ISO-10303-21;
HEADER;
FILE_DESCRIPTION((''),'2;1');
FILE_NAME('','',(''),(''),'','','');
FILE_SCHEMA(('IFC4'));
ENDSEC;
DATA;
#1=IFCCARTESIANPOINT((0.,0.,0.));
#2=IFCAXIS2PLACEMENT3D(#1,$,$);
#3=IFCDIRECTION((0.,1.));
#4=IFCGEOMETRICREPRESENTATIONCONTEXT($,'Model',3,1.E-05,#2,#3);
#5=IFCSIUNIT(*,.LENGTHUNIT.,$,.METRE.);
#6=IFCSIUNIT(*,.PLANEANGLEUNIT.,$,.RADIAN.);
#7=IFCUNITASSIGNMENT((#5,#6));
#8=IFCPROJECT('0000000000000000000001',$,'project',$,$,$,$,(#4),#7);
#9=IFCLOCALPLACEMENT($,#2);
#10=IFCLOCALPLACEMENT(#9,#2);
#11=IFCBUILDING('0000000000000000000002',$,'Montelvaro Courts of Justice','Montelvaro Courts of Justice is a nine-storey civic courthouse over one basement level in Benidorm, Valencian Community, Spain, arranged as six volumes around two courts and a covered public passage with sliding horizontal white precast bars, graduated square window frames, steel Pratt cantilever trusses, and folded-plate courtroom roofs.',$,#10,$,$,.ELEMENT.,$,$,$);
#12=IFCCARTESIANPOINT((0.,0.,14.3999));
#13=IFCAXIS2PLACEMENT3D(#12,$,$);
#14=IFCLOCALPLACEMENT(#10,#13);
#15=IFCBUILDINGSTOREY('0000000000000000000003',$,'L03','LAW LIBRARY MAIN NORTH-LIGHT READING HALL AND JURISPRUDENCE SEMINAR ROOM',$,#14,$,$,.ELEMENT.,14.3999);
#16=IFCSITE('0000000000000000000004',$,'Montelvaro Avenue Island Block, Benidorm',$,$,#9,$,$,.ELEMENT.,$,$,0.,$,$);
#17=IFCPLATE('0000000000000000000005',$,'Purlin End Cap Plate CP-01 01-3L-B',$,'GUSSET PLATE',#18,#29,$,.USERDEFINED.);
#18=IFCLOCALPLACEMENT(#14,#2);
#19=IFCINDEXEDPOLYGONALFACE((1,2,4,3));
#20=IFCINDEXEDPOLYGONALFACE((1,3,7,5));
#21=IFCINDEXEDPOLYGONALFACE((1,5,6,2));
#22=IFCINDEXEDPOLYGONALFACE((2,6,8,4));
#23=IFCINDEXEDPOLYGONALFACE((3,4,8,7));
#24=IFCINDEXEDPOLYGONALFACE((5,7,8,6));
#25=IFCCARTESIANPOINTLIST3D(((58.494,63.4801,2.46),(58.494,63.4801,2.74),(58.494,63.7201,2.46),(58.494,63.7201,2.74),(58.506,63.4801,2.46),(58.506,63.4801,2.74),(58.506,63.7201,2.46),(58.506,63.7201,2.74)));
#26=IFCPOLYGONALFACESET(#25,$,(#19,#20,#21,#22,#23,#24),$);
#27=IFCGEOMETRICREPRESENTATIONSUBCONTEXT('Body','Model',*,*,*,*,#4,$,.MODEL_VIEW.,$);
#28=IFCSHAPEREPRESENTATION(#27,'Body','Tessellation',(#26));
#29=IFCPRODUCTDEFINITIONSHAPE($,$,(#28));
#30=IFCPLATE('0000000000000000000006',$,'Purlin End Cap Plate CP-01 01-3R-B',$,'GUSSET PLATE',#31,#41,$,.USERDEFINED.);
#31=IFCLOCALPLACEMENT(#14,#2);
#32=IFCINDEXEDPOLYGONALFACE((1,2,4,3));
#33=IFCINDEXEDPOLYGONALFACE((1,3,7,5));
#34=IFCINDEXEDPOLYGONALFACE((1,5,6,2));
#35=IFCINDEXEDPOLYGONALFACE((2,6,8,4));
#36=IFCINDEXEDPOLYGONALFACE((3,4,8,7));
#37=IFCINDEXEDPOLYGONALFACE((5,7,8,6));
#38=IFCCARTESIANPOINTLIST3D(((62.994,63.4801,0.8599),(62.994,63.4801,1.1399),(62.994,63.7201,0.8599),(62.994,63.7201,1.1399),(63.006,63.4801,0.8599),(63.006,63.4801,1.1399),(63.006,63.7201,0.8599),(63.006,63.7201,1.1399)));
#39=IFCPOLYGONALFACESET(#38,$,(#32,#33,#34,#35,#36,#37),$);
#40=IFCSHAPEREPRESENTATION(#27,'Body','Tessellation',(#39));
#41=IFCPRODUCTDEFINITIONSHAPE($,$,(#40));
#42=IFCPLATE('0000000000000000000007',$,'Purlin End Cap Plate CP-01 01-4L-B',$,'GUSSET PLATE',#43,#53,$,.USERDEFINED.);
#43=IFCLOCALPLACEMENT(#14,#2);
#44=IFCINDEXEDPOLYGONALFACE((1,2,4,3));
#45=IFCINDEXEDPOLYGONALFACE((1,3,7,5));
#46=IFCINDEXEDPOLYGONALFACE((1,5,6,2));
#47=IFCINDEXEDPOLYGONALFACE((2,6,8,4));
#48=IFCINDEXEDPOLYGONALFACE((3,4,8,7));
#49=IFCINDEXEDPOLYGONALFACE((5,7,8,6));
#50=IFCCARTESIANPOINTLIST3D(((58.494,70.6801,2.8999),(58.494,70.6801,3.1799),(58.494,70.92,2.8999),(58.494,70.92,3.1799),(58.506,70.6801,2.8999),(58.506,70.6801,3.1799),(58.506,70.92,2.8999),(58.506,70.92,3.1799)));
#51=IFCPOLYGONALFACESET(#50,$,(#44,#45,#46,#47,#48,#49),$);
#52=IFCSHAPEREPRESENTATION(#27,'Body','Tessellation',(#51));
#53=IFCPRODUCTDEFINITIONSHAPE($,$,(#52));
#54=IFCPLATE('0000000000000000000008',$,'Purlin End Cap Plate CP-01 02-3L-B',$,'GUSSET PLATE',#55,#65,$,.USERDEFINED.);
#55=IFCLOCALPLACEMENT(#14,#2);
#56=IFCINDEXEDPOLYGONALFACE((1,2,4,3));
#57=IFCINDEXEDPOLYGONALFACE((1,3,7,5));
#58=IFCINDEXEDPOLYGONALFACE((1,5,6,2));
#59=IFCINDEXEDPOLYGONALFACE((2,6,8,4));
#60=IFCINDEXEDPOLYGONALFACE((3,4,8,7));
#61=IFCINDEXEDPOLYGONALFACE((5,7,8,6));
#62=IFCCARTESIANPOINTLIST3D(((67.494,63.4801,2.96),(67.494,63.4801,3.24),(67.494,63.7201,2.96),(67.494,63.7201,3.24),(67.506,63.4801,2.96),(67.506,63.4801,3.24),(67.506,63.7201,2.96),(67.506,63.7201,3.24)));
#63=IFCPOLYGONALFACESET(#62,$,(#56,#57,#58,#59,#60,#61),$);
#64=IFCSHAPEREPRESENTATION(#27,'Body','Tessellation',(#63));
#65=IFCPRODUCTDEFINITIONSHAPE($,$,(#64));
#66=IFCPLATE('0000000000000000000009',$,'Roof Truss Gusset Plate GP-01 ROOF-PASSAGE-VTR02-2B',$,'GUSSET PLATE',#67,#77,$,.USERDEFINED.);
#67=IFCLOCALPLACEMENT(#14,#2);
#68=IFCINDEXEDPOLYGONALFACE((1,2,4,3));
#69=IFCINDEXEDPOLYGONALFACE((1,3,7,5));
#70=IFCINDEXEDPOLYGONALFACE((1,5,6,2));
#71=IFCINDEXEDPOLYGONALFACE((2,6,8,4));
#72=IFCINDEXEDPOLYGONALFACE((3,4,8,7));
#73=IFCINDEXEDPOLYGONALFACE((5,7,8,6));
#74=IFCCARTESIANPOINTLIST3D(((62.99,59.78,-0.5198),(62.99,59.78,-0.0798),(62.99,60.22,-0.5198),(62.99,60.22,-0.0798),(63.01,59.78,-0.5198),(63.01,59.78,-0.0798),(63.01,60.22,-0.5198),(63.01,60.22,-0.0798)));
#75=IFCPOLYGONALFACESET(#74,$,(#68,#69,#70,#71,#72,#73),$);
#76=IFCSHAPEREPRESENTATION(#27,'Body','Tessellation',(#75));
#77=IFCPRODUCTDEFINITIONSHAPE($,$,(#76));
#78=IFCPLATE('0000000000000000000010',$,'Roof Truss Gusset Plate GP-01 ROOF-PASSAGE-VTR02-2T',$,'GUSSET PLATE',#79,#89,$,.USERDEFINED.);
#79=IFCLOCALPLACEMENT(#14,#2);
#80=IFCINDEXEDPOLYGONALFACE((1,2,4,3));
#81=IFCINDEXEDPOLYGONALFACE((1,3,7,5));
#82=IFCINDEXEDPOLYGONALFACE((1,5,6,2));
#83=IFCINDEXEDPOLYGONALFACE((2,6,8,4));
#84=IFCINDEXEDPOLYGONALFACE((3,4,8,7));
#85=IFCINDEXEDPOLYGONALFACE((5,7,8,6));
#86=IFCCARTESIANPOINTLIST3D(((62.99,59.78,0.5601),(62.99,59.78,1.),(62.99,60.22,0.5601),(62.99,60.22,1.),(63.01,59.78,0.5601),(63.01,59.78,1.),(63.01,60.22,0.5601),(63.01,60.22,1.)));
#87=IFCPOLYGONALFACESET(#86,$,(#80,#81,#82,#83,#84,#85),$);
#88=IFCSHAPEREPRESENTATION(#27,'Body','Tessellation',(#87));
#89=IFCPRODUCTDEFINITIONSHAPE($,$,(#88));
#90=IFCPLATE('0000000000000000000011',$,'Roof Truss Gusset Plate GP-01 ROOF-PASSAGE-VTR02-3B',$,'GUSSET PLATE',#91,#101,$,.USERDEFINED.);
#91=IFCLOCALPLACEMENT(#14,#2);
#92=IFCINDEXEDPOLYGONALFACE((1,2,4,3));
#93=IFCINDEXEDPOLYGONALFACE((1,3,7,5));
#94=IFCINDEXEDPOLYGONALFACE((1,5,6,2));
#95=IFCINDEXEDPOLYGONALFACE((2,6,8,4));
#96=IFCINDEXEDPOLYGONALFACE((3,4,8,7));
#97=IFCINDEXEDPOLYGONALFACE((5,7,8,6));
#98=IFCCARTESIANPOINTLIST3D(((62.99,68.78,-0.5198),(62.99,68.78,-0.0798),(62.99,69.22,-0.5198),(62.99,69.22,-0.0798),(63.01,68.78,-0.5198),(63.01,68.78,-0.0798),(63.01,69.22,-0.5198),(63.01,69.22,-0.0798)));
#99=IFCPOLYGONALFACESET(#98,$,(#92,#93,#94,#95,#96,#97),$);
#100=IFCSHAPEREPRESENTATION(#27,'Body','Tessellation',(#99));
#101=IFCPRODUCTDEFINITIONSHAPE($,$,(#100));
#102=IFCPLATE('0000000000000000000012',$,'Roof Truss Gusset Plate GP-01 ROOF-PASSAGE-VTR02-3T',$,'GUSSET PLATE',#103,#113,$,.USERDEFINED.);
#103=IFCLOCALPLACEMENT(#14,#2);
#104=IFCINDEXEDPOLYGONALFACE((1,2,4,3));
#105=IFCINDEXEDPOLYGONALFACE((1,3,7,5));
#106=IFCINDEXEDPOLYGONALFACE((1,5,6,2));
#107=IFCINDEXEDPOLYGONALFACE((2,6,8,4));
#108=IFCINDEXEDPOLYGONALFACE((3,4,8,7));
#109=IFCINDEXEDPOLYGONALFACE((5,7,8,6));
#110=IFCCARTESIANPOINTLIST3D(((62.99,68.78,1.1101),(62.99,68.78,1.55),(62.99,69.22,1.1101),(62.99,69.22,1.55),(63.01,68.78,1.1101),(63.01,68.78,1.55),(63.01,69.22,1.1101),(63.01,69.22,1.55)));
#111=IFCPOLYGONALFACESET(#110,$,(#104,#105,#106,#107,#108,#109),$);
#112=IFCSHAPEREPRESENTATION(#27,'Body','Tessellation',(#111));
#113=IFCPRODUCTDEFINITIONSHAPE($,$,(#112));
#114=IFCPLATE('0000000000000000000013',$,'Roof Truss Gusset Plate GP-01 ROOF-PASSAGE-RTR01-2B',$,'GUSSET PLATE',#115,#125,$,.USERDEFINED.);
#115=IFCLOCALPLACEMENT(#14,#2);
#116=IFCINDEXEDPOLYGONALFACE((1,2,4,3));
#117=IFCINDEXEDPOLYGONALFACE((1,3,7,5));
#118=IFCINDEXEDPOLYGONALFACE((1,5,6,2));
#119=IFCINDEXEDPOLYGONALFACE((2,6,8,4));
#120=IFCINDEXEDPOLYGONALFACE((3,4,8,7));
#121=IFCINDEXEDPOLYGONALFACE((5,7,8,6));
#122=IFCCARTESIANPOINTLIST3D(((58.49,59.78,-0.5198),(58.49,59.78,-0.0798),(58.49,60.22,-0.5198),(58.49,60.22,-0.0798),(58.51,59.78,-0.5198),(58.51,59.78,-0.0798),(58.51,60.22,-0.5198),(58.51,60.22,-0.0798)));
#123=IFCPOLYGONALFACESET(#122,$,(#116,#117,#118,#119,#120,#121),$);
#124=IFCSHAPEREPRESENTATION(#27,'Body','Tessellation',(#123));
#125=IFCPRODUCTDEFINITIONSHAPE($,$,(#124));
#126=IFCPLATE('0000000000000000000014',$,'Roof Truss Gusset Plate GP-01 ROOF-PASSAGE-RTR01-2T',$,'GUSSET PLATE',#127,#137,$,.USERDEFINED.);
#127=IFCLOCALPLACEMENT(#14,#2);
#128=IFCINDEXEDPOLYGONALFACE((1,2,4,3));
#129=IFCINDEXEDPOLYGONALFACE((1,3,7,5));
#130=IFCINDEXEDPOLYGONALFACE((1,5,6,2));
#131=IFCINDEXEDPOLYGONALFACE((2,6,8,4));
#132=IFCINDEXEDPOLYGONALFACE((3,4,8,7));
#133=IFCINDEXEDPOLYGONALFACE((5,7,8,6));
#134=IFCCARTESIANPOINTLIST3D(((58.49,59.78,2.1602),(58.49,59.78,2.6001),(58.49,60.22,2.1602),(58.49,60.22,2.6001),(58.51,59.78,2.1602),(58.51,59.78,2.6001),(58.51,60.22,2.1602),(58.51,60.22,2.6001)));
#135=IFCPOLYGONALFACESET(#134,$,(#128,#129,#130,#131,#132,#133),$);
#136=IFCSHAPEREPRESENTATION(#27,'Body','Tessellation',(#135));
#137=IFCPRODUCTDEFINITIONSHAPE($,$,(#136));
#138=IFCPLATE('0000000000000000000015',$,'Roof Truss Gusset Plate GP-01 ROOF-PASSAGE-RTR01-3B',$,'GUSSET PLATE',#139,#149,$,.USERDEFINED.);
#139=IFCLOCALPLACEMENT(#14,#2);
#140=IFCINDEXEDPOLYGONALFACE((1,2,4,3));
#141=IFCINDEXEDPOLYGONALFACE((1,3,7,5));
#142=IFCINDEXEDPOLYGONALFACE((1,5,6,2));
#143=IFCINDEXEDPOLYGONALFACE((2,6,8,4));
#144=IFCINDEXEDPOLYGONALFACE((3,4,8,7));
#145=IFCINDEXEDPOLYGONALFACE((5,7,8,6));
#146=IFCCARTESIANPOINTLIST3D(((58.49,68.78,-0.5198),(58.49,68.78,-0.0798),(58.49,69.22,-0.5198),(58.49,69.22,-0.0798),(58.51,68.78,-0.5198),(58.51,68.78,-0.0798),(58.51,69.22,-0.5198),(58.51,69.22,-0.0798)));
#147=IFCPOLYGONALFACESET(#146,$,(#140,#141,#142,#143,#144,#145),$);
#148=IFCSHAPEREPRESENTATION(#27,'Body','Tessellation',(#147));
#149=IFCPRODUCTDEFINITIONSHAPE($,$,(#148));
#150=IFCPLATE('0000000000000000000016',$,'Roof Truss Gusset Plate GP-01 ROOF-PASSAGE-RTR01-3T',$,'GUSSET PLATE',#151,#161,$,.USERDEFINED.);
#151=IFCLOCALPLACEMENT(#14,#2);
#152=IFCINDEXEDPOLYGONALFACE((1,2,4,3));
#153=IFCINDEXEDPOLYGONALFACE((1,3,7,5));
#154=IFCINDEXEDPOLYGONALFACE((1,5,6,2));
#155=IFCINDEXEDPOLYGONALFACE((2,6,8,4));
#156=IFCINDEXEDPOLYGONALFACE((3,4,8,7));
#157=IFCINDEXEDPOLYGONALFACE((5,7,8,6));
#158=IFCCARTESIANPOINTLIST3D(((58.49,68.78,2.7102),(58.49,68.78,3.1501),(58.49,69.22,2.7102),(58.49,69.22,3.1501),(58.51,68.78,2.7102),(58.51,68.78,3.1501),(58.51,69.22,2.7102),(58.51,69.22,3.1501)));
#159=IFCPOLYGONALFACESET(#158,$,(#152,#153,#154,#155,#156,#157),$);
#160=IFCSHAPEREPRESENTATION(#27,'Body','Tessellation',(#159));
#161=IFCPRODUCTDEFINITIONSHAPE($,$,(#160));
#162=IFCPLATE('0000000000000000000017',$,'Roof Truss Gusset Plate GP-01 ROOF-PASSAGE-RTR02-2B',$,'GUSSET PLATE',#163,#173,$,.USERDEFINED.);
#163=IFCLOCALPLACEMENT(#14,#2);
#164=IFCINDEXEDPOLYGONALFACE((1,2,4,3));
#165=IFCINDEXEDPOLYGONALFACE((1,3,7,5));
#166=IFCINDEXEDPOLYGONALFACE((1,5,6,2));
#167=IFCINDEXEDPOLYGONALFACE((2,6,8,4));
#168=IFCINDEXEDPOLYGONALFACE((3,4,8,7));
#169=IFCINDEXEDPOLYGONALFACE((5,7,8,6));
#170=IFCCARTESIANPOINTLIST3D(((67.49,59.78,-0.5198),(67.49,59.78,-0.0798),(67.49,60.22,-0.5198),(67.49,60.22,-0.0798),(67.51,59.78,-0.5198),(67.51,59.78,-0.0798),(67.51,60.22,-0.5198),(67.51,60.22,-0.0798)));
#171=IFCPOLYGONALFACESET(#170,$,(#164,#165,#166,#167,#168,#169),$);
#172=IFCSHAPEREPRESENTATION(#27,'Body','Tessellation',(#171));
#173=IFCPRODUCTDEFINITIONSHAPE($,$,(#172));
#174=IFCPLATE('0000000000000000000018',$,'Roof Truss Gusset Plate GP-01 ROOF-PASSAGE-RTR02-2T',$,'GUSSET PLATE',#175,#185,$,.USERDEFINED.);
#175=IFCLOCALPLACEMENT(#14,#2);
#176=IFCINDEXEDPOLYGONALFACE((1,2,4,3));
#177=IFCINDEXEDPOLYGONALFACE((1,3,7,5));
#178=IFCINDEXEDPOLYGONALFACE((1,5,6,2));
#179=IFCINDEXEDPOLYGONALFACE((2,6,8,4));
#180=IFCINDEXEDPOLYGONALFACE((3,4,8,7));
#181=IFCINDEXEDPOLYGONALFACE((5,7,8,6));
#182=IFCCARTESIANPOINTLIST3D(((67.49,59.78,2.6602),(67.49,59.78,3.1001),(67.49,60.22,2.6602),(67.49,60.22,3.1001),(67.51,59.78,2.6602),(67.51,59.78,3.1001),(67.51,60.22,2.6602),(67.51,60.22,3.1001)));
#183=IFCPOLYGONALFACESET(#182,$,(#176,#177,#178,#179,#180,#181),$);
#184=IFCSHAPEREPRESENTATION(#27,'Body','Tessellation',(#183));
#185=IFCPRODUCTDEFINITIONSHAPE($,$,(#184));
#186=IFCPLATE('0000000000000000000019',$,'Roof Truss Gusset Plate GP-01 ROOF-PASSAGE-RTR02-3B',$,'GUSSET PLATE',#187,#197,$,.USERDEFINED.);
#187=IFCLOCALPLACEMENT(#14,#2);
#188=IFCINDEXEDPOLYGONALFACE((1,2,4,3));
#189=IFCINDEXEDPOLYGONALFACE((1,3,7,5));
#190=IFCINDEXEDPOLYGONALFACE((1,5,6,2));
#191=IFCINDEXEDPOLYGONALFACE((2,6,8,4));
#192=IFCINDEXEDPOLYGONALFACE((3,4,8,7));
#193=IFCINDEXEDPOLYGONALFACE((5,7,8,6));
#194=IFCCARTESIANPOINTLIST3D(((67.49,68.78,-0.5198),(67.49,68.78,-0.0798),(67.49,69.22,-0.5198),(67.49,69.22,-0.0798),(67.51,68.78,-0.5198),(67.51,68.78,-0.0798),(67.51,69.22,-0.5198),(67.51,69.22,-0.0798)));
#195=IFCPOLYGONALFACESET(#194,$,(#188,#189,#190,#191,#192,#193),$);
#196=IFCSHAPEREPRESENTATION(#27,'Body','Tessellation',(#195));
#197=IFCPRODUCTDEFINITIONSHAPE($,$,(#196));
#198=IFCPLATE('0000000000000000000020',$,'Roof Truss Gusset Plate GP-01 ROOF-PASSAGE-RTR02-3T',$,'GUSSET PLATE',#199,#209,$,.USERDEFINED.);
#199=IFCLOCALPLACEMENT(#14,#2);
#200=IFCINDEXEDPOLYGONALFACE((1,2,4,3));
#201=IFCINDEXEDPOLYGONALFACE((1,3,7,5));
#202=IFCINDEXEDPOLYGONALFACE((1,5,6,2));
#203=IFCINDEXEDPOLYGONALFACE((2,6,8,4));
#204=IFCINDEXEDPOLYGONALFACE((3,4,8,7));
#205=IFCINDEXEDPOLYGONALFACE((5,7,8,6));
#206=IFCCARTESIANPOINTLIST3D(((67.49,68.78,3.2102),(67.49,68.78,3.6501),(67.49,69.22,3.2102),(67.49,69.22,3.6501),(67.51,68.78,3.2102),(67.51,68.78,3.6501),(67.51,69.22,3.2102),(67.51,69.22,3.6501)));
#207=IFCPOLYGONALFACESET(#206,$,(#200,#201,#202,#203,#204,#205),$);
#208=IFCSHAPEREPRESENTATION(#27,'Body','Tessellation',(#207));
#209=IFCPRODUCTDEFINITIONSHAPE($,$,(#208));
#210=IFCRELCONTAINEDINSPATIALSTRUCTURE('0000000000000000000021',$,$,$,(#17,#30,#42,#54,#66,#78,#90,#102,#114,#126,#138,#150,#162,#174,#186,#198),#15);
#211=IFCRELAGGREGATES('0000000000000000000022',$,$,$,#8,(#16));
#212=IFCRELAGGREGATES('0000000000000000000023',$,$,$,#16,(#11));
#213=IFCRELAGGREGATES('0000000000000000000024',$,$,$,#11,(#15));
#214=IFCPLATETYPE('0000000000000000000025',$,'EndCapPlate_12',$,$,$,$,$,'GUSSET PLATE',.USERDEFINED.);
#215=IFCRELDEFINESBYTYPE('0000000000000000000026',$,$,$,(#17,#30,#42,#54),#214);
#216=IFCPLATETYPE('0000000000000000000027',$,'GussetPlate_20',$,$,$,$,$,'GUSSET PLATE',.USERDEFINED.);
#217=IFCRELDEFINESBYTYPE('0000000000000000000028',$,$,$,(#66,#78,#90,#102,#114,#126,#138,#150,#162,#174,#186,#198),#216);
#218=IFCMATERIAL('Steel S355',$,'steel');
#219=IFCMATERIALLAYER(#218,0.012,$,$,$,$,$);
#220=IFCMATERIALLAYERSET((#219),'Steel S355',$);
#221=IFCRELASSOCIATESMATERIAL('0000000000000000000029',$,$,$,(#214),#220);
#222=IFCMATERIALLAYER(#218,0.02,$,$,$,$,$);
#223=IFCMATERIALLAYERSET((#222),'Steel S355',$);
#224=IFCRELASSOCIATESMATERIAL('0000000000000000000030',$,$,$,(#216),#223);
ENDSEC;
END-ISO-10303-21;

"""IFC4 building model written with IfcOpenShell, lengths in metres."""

from ifc_helpers import new_model, si_unit, direction, frame, origin, origin_2d, place, context, subcontext, project, spatial, rectangle, extrude, material, layer, layer_set, type_object, element, save


model = new_model("IFC4")

# Units and contexts
model_context = context("Model", 3, precision=1e-05, world=origin(), true_north=direction((0.0, 1.0)))
body_context = subcontext(model_context, "Body", "Model", "MODEL_VIEW")
ifc_project = project(units=[si_unit("LENGTHUNIT", "METRE"), si_unit("PLANEANGLEUNIT", "RADIAN")], contexts=[model_context])

# Site, building, storey
site_placement = place(None, origin())
site = spatial("IfcSite", under=ifc_project, at=site_placement, Name="Montelvaro Avenue Island Block, Benidorm", CompositionType="ELEMENT", RefElevation=0.0)
building_placement = place(site_placement, origin())
building = spatial("IfcBuilding", under=site, at=building_placement, Name="Montelvaro Courts of Justice", Description="Montelvaro Courts of Justice is a nine-storey civic courthouse over one basement level in Benidorm, Valencian Community, Spain, arranged as six volumes around two courts and a covered public passage with sliding horizontal white precast bars, graduated square window frames, steel Pratt cantilever trusses, and folded-plate courtroom roofs.", CompositionType="ELEMENT")
storey_placement = place(building_placement, frame((0.0, 0.0, 14.3999)))
storey = spatial("IfcBuildingStorey", under=building, at=storey_placement, Name="L03", Description="LAW LIBRARY MAIN NORTH-LIGHT READING HALL AND JURISPRUDENCE SEMINAR ROOM", CompositionType="ELEMENT", Elevation=14.3999)

# Shared definitions
ifc_material = material(Name="Steel S355", Category="steel")

# Plates
ifc_layer_1 = layer(ifc_material, 0.012)
ifc_layer_set_1 = layer_set([ifc_layer_1], Name="Steel S355")
plate_type_1 = type_object("IfcPlateType", Name="EndCapPlate_12", ElementType="GUSSET PLATE", PredefinedType="USERDEFINED", material=ifc_layer_set_1)
for number, where, z_axis, x_axis, name in (
    (1, (58.5, 63.6001, 2.46), (0.0, 0.0, 1.0), (1.0, 0.0, 0.0), "Purlin End Cap Plate CP-01 01-3L-B"),
    (2, (63.0, 63.6001, 0.8599), (0.0, 0.0, 1.0), (1.0, 0.0, 0.0), "Purlin End Cap Plate CP-01 01-3R-B"),
    (3, (58.5, 70.8, 2.8999), (0.0, 0.0, 1.0), (1.0, 0.0, 0.0), "Purlin End Cap Plate CP-01 01-4L-B"),
    (4, (67.5, 63.6001, 2.96), (0.0, 0.0, 1.0), (1.0, 0.0, 0.0), "Purlin End Cap Plate CP-01 02-3L-B"),
):
    element("IfcPlate", number, at=place(storey_placement, frame(where, z_axis=z_axis, x_axis=x_axis)), inside=storey, type_object=plate_type_1, Name=name, ObjectType="GUSSET PLATE", PredefinedType="USERDEFINED", context=body_context, shape_type="SweptSolid", body=[
        extrude(rectangle(XDim=0.012, YDim=0.24, at=origin_2d()), origin(), (0.0, 0.0, 1.0), 0.28),
    ])
ifc_layer_2 = layer(ifc_material, 0.02)
ifc_layer_set_2 = layer_set([ifc_layer_2], Name="Steel S355")
plate_type_2 = type_object("IfcPlateType", Name="GussetPlate_20", ElementType="GUSSET PLATE", PredefinedType="USERDEFINED", material=ifc_layer_set_2)
for number, where, z_axis, x_axis, name in (
    (5, (63.0, 60.0, -0.5198), (0.0, 0.0, 1.0), (1.0, 0.0, 0.0), "Roof Truss Gusset Plate GP-01 ROOF-PASSAGE-VTR02-2B"),
    (6, (63.0, 60.0, 0.5601), (0.0, 0.0, 1.0), (1.0, 0.0, 0.0), "Roof Truss Gusset Plate GP-01 ROOF-PASSAGE-VTR02-2T"),
    (7, (63.0, 69.0, -0.5198), (0.0, 0.0, 1.0), (1.0, 0.0, 0.0), "Roof Truss Gusset Plate GP-01 ROOF-PASSAGE-VTR02-3B"),
    (8, (63.0, 69.0, 1.1101), (0.0, 0.0, 1.0), (1.0, 0.0, 0.0), "Roof Truss Gusset Plate GP-01 ROOF-PASSAGE-VTR02-3T"),
    (9, (58.5, 60.0, -0.5198), (0.0, 0.0, 1.0), (1.0, 0.0, 0.0), "Roof Truss Gusset Plate GP-01 ROOF-PASSAGE-RTR01-2B"),
    (10, (58.5, 60.0, 2.1602), (0.0, 0.0, 1.0), (1.0, 0.0, 0.0), "Roof Truss Gusset Plate GP-01 ROOF-PASSAGE-RTR01-2T"),
    (11, (58.5, 69.0, -0.5198), (0.0, 0.0, 1.0), (1.0, 0.0, 0.0), "Roof Truss Gusset Plate GP-01 ROOF-PASSAGE-RTR01-3B"),
    (12, (58.5, 69.0, 2.7102), (0.0, 0.0, 1.0), (1.0, 0.0, 0.0), "Roof Truss Gusset Plate GP-01 ROOF-PASSAGE-RTR01-3T"),
    (13, (67.5, 60.0, -0.5198), (0.0, 0.0, 1.0), (1.0, 0.0, 0.0), "Roof Truss Gusset Plate GP-01 ROOF-PASSAGE-RTR02-2B"),
    (14, (67.5, 60.0, 2.6602), (0.0, 0.0, 1.0), (1.0, 0.0, 0.0), "Roof Truss Gusset Plate GP-01 ROOF-PASSAGE-RTR02-2T"),
    (15, (67.5, 69.0, -0.5198), (0.0, 0.0, 1.0), (1.0, 0.0, 0.0), "Roof Truss Gusset Plate GP-01 ROOF-PASSAGE-RTR02-3B"),
    (16, (67.5, 69.0, 3.2102), (0.0, 0.0, 1.0), (1.0, 0.0, 0.0), "Roof Truss Gusset Plate GP-01 ROOF-PASSAGE-RTR02-3T"),
):
    element("IfcPlate", number, at=place(storey_placement, frame(where, z_axis=z_axis, x_axis=x_axis)), inside=storey, type_object=plate_type_2, Name=name, ObjectType="GUSSET PLATE", PredefinedType="USERDEFINED", context=body_context, shape_type="SweptSolid", body=[
        extrude(rectangle(XDim=0.02, YDim=0.4399, at=origin_2d()), origin(), (0.0, 0.0, 1.0), 0.4399),
    ])

save(model, "model.ifc")
